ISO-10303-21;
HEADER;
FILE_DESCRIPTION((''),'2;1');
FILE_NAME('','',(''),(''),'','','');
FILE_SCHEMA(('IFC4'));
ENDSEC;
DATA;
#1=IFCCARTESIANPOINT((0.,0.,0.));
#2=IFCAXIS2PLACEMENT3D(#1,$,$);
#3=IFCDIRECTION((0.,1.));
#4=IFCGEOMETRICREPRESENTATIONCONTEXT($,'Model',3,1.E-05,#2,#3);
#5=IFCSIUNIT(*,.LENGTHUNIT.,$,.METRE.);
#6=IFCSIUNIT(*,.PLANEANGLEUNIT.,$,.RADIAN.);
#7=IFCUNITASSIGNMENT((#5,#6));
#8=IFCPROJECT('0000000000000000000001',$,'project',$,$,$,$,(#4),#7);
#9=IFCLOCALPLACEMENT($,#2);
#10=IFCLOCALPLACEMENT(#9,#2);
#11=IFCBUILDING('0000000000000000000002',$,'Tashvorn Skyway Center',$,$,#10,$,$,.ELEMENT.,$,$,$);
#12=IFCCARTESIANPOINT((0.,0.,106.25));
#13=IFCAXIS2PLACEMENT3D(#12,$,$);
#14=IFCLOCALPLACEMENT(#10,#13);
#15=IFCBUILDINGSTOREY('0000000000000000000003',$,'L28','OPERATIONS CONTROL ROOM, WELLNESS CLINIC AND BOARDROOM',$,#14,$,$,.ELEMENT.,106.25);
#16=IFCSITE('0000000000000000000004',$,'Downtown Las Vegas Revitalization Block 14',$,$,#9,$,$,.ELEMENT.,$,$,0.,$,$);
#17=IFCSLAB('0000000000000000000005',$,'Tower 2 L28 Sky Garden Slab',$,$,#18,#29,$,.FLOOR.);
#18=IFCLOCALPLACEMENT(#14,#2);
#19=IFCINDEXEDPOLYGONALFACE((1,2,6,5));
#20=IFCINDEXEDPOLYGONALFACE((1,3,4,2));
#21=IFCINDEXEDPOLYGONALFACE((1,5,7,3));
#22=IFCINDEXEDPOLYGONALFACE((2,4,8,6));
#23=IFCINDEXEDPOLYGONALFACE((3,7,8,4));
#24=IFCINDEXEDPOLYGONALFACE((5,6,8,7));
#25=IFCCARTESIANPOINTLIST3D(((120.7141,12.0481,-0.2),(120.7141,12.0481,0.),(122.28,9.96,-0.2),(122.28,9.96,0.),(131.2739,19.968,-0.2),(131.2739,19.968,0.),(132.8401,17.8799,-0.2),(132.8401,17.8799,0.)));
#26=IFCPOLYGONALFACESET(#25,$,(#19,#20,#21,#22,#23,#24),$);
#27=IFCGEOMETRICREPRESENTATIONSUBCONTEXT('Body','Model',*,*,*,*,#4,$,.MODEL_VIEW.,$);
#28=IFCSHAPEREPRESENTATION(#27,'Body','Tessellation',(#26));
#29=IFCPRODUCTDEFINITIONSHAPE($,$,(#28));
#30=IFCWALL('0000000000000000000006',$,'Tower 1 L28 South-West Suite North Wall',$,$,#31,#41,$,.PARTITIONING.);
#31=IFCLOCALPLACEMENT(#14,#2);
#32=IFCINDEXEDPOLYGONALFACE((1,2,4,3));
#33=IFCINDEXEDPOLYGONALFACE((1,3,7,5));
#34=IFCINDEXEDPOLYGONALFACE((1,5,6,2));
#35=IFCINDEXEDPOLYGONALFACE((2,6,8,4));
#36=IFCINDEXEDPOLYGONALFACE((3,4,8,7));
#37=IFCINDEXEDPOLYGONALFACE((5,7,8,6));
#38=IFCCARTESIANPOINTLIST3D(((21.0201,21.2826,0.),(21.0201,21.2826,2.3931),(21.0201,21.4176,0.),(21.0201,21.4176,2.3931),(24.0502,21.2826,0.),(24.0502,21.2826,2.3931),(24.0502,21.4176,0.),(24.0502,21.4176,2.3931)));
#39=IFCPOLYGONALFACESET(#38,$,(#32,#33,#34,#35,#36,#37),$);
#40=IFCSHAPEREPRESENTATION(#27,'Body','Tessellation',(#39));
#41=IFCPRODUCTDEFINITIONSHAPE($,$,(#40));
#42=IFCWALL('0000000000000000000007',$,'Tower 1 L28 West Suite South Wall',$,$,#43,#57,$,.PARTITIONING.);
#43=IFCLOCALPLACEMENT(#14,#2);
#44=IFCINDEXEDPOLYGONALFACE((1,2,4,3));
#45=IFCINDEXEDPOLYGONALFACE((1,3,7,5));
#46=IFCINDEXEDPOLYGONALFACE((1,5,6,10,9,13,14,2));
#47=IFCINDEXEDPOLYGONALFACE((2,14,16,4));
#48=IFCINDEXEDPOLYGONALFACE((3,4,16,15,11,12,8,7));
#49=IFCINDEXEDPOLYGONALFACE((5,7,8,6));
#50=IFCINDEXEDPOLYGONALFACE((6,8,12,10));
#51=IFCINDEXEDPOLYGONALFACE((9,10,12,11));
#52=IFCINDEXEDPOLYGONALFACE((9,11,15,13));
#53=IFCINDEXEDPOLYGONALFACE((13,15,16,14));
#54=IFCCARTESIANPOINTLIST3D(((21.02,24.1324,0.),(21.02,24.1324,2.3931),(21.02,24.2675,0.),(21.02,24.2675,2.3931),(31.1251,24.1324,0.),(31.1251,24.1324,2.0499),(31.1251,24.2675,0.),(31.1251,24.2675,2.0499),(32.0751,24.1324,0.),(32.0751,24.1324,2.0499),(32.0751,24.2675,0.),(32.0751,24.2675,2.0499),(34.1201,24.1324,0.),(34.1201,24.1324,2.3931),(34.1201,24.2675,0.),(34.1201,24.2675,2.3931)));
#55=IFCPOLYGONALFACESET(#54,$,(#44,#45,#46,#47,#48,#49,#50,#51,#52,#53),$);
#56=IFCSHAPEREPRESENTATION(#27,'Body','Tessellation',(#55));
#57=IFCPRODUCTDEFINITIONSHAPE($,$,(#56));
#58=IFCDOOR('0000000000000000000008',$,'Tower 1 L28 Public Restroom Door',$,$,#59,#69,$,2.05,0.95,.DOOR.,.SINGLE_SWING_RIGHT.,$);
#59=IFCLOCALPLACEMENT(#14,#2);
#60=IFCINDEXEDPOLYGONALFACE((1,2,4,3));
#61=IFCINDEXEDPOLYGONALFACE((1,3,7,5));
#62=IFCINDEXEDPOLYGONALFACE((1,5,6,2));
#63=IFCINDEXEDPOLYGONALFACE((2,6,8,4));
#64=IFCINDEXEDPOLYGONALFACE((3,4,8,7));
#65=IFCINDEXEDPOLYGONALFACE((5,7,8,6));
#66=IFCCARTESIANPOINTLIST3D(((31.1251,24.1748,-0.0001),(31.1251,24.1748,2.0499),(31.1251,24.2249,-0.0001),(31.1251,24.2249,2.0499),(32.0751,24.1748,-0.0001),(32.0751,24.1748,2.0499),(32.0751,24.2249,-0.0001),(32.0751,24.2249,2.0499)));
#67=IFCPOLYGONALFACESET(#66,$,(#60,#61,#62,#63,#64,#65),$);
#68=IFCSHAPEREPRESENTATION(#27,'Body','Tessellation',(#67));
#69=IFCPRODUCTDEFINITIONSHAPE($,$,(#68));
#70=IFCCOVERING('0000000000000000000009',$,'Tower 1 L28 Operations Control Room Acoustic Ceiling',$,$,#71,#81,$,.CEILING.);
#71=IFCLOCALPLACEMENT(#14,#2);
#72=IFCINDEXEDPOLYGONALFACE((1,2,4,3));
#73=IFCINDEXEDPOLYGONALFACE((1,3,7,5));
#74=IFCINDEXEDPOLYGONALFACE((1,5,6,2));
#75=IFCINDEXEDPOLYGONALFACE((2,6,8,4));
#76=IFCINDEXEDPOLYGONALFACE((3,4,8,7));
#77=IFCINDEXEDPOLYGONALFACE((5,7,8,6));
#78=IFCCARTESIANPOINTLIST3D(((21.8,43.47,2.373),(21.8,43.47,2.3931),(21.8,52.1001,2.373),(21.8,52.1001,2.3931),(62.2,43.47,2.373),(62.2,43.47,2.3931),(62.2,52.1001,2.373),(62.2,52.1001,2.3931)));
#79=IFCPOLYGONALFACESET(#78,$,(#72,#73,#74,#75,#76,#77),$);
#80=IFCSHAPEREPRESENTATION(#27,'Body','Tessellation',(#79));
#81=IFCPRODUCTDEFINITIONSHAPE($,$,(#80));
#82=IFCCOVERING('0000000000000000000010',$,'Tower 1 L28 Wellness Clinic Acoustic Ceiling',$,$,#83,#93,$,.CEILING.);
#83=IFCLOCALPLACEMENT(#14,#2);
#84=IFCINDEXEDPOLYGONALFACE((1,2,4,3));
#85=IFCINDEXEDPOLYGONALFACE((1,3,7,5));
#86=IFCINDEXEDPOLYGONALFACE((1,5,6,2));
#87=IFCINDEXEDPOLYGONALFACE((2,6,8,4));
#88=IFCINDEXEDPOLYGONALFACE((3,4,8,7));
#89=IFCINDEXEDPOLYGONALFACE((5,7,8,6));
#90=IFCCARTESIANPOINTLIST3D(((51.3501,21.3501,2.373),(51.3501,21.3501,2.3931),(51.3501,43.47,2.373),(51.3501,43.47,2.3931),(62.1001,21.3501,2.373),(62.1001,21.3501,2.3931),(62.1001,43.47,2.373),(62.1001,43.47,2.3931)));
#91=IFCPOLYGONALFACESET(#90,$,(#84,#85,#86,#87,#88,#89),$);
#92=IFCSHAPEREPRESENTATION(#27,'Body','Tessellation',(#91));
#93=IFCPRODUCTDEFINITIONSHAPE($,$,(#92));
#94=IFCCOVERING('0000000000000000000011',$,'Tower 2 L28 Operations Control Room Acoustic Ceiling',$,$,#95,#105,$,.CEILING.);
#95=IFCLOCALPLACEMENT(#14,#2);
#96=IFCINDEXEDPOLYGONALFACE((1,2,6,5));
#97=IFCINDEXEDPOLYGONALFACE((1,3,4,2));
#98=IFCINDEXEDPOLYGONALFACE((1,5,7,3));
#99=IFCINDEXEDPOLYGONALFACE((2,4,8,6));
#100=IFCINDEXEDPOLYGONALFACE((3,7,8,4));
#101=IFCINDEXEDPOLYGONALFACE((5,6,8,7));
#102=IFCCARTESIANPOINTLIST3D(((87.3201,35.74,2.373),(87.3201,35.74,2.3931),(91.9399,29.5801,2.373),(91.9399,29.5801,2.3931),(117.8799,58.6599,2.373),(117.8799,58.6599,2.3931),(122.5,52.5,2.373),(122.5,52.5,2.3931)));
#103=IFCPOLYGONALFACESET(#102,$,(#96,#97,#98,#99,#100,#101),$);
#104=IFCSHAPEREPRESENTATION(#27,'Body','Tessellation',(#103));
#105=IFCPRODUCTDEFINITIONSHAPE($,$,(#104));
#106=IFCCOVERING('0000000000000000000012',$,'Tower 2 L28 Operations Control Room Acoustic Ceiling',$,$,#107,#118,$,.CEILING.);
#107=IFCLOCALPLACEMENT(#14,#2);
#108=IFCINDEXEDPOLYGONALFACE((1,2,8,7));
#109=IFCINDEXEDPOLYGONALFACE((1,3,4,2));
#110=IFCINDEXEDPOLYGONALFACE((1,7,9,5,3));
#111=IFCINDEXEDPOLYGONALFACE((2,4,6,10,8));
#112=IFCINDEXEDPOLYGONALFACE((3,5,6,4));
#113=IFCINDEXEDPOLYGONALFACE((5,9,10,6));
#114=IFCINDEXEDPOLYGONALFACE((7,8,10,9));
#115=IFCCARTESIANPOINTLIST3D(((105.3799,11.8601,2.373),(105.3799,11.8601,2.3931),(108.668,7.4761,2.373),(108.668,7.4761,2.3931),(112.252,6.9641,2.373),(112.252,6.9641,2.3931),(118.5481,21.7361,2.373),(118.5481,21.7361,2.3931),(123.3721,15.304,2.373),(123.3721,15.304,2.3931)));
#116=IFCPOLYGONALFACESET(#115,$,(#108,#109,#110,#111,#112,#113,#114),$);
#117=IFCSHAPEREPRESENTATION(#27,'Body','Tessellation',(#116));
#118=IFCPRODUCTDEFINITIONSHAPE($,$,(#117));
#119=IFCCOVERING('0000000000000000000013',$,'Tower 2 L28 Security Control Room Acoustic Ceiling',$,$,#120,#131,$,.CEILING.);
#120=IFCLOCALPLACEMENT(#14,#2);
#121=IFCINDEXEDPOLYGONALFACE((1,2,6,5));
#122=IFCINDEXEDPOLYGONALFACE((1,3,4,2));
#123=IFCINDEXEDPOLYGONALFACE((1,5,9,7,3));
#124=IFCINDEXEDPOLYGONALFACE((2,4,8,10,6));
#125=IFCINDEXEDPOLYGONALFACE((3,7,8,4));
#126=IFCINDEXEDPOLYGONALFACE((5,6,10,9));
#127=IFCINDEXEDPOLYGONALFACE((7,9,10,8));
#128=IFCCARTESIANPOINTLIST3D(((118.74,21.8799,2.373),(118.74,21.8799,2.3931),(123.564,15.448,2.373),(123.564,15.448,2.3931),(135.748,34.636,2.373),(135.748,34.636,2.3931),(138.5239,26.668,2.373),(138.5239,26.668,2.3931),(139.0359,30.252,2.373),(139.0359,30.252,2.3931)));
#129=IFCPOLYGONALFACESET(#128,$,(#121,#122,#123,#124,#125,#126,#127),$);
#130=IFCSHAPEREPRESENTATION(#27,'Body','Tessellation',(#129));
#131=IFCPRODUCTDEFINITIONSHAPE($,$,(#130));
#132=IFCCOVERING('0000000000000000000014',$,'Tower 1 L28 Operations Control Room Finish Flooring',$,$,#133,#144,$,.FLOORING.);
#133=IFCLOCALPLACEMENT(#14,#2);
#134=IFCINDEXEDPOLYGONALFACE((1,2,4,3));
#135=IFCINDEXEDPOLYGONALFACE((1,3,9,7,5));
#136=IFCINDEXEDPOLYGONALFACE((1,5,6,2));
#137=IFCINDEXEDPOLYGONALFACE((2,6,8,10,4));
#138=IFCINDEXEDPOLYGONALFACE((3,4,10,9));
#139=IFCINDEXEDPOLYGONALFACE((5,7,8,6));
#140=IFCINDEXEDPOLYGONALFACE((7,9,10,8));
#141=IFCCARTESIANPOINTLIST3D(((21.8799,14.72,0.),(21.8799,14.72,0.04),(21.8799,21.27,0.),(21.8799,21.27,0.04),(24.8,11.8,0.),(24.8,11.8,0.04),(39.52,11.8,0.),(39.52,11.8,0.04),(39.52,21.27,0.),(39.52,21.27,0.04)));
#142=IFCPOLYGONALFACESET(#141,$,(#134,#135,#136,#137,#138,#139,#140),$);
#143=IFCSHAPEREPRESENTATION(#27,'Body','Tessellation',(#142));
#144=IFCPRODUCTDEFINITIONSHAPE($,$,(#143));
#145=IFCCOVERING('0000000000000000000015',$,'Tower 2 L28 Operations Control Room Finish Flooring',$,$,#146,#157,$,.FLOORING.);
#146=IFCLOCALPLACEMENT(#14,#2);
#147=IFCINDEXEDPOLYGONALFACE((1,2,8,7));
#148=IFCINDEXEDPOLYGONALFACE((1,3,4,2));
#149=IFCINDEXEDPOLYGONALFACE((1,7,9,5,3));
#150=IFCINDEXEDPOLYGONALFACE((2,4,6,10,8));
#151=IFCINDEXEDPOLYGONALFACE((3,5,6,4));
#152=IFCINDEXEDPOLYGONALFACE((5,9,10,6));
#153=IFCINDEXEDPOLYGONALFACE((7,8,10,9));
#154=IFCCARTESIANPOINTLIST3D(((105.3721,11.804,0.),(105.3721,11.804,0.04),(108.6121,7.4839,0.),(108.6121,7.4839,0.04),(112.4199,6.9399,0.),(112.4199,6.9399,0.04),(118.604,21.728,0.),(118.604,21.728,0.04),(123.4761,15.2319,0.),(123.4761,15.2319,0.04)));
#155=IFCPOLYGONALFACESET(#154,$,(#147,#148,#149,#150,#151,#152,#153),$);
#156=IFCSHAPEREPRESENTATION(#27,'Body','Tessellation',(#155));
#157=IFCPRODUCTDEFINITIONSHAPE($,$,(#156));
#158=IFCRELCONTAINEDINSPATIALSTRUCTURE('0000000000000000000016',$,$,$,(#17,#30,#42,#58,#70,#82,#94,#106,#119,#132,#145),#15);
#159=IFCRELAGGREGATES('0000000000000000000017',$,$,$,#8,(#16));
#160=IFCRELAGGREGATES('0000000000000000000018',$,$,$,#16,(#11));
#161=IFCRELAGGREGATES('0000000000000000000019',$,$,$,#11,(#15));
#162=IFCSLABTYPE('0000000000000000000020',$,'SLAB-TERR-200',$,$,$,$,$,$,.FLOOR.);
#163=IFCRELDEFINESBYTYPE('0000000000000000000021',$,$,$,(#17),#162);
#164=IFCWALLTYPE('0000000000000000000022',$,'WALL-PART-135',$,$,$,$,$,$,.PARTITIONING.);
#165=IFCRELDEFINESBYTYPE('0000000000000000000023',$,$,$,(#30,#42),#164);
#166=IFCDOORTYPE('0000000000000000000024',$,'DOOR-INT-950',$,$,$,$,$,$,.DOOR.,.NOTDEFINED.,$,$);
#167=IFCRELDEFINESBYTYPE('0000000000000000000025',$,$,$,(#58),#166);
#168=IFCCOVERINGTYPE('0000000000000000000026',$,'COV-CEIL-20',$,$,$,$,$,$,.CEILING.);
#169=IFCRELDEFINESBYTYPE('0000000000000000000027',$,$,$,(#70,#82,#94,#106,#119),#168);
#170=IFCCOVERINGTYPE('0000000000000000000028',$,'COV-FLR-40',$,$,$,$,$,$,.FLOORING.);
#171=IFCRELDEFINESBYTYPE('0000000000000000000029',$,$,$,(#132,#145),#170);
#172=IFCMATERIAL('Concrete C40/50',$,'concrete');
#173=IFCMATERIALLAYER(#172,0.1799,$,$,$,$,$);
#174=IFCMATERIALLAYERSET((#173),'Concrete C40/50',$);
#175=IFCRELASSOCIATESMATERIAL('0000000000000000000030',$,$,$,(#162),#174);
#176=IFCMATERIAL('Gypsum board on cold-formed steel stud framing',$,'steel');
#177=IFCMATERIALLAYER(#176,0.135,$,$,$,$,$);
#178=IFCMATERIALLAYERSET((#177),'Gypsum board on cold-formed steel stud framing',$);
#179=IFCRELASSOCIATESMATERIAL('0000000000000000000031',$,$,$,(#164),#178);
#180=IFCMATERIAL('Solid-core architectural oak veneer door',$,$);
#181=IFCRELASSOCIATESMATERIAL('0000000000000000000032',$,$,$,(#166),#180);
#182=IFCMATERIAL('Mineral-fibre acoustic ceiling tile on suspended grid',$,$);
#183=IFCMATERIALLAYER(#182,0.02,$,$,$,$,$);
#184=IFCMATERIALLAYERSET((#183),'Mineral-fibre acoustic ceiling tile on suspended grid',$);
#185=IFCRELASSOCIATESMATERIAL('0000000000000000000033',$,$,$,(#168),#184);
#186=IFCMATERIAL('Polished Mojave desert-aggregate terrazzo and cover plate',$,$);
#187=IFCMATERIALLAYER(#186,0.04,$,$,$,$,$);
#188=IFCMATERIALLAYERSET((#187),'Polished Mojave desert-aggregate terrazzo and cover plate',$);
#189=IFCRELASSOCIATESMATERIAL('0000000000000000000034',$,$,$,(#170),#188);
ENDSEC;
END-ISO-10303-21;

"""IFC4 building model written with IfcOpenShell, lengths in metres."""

from ifc_helpers import new_model, si_unit, direction, frame, frame_2d, origin, place, context, subcontext, project, spatial, polyline, rectangle, outline, extrude, material, layer, layer_set, type_object, element, fill, save


model = new_model("IFC4")

# Units and contexts
model_context = context("Model", 3, precision=1e-05, world=origin(), true_north=direction((0.0, 1.0)))
body_context = subcontext(model_context, "Body", "Model", "MODEL_VIEW")
ifc_project = project(units=[si_unit("LENGTHUNIT", "METRE"), si_unit("PLANEANGLEUNIT", "RADIAN")], contexts=[model_context])

# Site, building, storey
site_placement = place(None, origin())
site = spatial("IfcSite", under=ifc_project, at=site_placement, Name="Downtown Las Vegas Revitalization Block 14", CompositionType="ELEMENT", RefElevation=0.0)
building_placement = place(site_placement, origin())
building = spatial("IfcBuilding", under=site, at=building_placement, Name="Tashvorn Skyway Center", CompositionType="ELEMENT")
storey_placement = place(building_placement, frame((0.0, 0.0, 106.25)))
storey = spatial("IfcBuildingStorey", under=building, at=storey_placement, Name="L28", Description="OPERATIONS CONTROL ROOM, WELLNESS CLINIC AND BOARDROOM", CompositionType="ELEMENT", Elevation=106.25)

# Shared definitions
ifc_material_1 = material(Name="Concrete C40/50", Category="concrete")

# Slab
ifc_layer_1 = layer(ifc_material_1, 0.1799)
ifc_layer_set_1 = layer_set([ifc_layer_1], Name="Concrete C40/50")
slab_type_1 = type_object("IfcSlabType", Name="SLAB-TERR-200", PredefinedType="FLOOR", material=ifc_layer_set_1)
slab_1_placement = place(storey_placement, frame((0.0, 0.0, -0.2)))
element("IfcSlab", 1, at=slab_1_placement, inside=storey, type_object=slab_type_1, Name="Tower 2 L28 Sky Garden Slab", PredefinedType="FLOOR", context=body_context, shape_type="SweptSolid", body=[
    extrude(outline(polyline([(122.28, 9.96), (132.8401, 17.8799), (131.2739, 19.968), (120.7141, 12.0481), (122.28, 9.96)])), origin(), (0.0, 0.0, 1.0), 0.2),
])

# Wall
ifc_material_2 = material(Name="Gypsum board on cold-formed steel stud framing", Category="steel")
ifc_layer_2 = layer(ifc_material_2, 0.135)
ifc_layer_set_2 = layer_set([ifc_layer_2], Name="Gypsum board on cold-formed steel stud framing")
wall_type = type_object("IfcWallType", Name="WALL-PART-135", PredefinedType="PARTITIONING", material=ifc_layer_set_2)
wall_1_placement = place(storey_placement, frame((21.02, 21.3501, 0.0), z_axis=(0.0, 0.0, 1.0), x_axis=(1.0, 0.0, 0.0)))
element("IfcWall", 2, at=wall_1_placement, inside=storey, type_object=wall_type, Name="Tower 1 L28 South-West Suite North Wall", PredefinedType="PARTITIONING", context=body_context, shape_type="SweptSolid", body=[
    extrude(rectangle(XDim=3.03, YDim=0.135, at=frame_2d((1.5151, 0.0))), origin(), (0.0, 0.0, 1.0), 2.3931),
])

# Wall, opening, door
wall_2_placement = place(storey_placement, frame((21.02, 24.2, 0.0), z_axis=(0.0, 0.0, 1.0), x_axis=(1.0, 0.0, 0.0)))
wall_2 = element("IfcWall", 3, at=wall_2_placement, inside=storey, type_object=wall_type, Name="Tower 1 L28 West Suite South Wall", PredefinedType="PARTITIONING", context=body_context, shape_type="SweptSolid", body=[
    extrude(rectangle(XDim=13.1001, YDim=0.135, at=frame_2d((6.55, 0.0))), origin(), (0.0, 0.0, 1.0), 2.3931),
])
opening_placement = place(wall_2_placement, frame((10.105, 0.0, 0.0)))
opening = element("IfcOpeningElement", 4, at=opening_placement, cuts=wall_2, PredefinedType="OPENING", context=body_context, shape_type="SweptSolid", body=[
    extrude(rectangle(XDim=0.95, YDim=2.05, at=frame_2d((0.4751, 1.0249))), frame((0.0, 0.0774, 0.0), z_axis=(0.0, -1.0, 0.0), x_axis=(1.0, 0.0, 0.0)), (0.0, 0.0, 1.0), 0.155),
])
ifc_material_3 = material(Name="Solid-core architectural oak veneer door")
door_type = type_object("IfcDoorType", Name="DOOR-INT-950", OperationType="NOTDEFINED", PredefinedType="DOOR", material=ifc_material_3)
door_placement = place(opening_placement, origin())
door = element("IfcDoor", 5, at=door_placement, inside=storey, type_object=door_type, Name="Tower 1 L28 Public Restroom Door", OperationType="SINGLE_SWING_RIGHT", OverallHeight=2.05, OverallWidth=0.95, PredefinedType="DOOR", context=body_context, shape_type="SweptSolid", body=[
    extrude(rectangle(XDim=0.95, YDim=2.05, at=frame_2d((0.4751, 1.0249))), frame((0.0, 0.0249, 0.0), z_axis=(0.0, -1.0, 0.0), x_axis=(1.0, 0.0, 0.0)), (0.0, 0.0, 1.0), 0.05),
])
fill(opening, door)

# Coverings
ifc_material_4 = material(Name="Mineral-fibre acoustic ceiling tile on suspended grid")
ifc_layer_3 = layer(ifc_material_4, 0.02)
ifc_layer_set_3 = layer_set([ifc_layer_3], Name="Mineral-fibre acoustic ceiling tile on suspended grid")
covering_type_1 = type_object("IfcCoveringType", Name="COV-CEIL-20", PredefinedType="CEILING", material=ifc_layer_set_3)
covering_1_placement = place(storey_placement, frame((0.0, 0.0, 2.373)))
element("IfcCovering", 6, at=covering_1_placement, inside=storey, type_object=covering_type_1, Name="Tower 1 L28 Operations Control Room Acoustic Ceiling", PredefinedType="CEILING", context=body_context, shape_type="SweptSolid", body=[
    extrude(outline(polyline([(21.8, 43.47), (62.2, 43.47), (62.2, 52.1001), (21.8, 52.1001), (21.8, 43.47)])), origin(), (0.0, 0.0, 1.0), 0.02),
])
covering_2_placement = place(storey_placement, frame((0.0, 0.0, 2.373)))
element("IfcCovering", 7, at=covering_2_placement, inside=storey, type_object=covering_type_1, Name="Tower 1 L28 Wellness Clinic Acoustic Ceiling", PredefinedType="CEILING", context=body_context, shape_type="SweptSolid", body=[
    extrude(outline(polyline([(51.3501, 21.3501), (62.1001, 21.3501), (62.1001, 43.47), (51.3501, 43.47), (51.3501, 21.3501)])), origin(), (0.0, 0.0, 1.0), 0.02),
])
covering_3_placement = place(storey_placement, frame((0.0, 0.0, 2.373)))
element("IfcCovering", 8, at=covering_3_placement, inside=storey, type_object=covering_type_1, Name="Tower 2 L28 Operations Control Room Acoustic Ceiling", PredefinedType="CEILING", context=body_context, shape_type="SweptSolid", body=[
    extrude(outline(polyline([(91.9399, 29.5801), (122.5, 52.5), (117.8799, 58.6599), (87.3201, 35.74), (91.9399, 29.5801)])), origin(), (0.0, 0.0, 1.0), 0.02),
])
covering_4_placement = place(storey_placement, frame((0.0, 0.0, 2.373)))
element("IfcCovering", 9, at=covering_4_placement, inside=storey, type_object=covering_type_1, Name="Tower 2 L28 Operations Control Room Acoustic Ceiling", PredefinedType="CEILING", context=body_context, shape_type="SweptSolid", body=[
    extrude(outline(polyline([(105.3799, 11.8601), (118.5481, 21.7361), (123.3721, 15.304), (112.252, 6.9641), (108.668, 7.4761), (105.3799, 11.8601)])), origin(), (0.0, 0.0, 1.0), 0.02),
])
covering_5_placement = place(storey_placement, frame((0.0, 0.0, 2.373)))
element("IfcCovering", 10, at=covering_5_placement, inside=storey, type_object=covering_type_1, Name="Tower 2 L28 Security Control Room Acoustic Ceiling", PredefinedType="CEILING", context=body_context, shape_type="SweptSolid", body=[
    extrude(outline(polyline([(123.564, 15.448), (118.74, 21.8799), (135.748, 34.636), (139.0359, 30.252), (138.5239, 26.668), (123.564, 15.448)])), origin(), (0.0, 0.0, 1.0), 0.02),
])
ifc_material_5 = material(Name="Polished Mojave desert-aggregate terrazzo and cover plate")
ifc_layer_4 = layer(ifc_material_5, 0.04)
ifc_layer_set_4 = layer_set([ifc_layer_4], Name="Polished Mojave desert-aggregate terrazzo and cover plate")
covering_type_2 = type_object("IfcCoveringType", Name="COV-FLR-40", PredefinedType="FLOORING", material=ifc_layer_set_4)
covering_6_placement = place(storey_placement, origin())
element("IfcCovering", 11, at=covering_6_placement, inside=storey, type_object=covering_type_2, Name="Tower 1 L28 Operations Control Room Finish Flooring", PredefinedType="FLOORING", context=body_context, shape_type="SweptSolid", body=[
    extrude(outline(polyline([(24.8, 11.8), (21.8799, 14.72), (21.8799, 21.27), (39.52, 21.27), (39.52, 11.8), (24.8, 11.8)])), origin(), (0.0, 0.0, 1.0), 0.04),
])
covering_7_placement = place(storey_placement, origin())
element("IfcCovering", 12, at=covering_7_placement, inside=storey, type_object=covering_type_2, Name="Tower 2 L28 Operations Control Room Finish Flooring", PredefinedType="FLOORING", context=body_context, shape_type="SweptSolid", body=[
    extrude(outline(polyline([(112.4199, 6.9399), (108.6121, 7.4839), (105.3721, 11.804), (118.604, 21.728), (123.4761, 15.2319), (112.4199, 6.9399)])), origin(), (0.0, 0.0, 1.0), 0.04),
])

save(model, "model.ifc")
